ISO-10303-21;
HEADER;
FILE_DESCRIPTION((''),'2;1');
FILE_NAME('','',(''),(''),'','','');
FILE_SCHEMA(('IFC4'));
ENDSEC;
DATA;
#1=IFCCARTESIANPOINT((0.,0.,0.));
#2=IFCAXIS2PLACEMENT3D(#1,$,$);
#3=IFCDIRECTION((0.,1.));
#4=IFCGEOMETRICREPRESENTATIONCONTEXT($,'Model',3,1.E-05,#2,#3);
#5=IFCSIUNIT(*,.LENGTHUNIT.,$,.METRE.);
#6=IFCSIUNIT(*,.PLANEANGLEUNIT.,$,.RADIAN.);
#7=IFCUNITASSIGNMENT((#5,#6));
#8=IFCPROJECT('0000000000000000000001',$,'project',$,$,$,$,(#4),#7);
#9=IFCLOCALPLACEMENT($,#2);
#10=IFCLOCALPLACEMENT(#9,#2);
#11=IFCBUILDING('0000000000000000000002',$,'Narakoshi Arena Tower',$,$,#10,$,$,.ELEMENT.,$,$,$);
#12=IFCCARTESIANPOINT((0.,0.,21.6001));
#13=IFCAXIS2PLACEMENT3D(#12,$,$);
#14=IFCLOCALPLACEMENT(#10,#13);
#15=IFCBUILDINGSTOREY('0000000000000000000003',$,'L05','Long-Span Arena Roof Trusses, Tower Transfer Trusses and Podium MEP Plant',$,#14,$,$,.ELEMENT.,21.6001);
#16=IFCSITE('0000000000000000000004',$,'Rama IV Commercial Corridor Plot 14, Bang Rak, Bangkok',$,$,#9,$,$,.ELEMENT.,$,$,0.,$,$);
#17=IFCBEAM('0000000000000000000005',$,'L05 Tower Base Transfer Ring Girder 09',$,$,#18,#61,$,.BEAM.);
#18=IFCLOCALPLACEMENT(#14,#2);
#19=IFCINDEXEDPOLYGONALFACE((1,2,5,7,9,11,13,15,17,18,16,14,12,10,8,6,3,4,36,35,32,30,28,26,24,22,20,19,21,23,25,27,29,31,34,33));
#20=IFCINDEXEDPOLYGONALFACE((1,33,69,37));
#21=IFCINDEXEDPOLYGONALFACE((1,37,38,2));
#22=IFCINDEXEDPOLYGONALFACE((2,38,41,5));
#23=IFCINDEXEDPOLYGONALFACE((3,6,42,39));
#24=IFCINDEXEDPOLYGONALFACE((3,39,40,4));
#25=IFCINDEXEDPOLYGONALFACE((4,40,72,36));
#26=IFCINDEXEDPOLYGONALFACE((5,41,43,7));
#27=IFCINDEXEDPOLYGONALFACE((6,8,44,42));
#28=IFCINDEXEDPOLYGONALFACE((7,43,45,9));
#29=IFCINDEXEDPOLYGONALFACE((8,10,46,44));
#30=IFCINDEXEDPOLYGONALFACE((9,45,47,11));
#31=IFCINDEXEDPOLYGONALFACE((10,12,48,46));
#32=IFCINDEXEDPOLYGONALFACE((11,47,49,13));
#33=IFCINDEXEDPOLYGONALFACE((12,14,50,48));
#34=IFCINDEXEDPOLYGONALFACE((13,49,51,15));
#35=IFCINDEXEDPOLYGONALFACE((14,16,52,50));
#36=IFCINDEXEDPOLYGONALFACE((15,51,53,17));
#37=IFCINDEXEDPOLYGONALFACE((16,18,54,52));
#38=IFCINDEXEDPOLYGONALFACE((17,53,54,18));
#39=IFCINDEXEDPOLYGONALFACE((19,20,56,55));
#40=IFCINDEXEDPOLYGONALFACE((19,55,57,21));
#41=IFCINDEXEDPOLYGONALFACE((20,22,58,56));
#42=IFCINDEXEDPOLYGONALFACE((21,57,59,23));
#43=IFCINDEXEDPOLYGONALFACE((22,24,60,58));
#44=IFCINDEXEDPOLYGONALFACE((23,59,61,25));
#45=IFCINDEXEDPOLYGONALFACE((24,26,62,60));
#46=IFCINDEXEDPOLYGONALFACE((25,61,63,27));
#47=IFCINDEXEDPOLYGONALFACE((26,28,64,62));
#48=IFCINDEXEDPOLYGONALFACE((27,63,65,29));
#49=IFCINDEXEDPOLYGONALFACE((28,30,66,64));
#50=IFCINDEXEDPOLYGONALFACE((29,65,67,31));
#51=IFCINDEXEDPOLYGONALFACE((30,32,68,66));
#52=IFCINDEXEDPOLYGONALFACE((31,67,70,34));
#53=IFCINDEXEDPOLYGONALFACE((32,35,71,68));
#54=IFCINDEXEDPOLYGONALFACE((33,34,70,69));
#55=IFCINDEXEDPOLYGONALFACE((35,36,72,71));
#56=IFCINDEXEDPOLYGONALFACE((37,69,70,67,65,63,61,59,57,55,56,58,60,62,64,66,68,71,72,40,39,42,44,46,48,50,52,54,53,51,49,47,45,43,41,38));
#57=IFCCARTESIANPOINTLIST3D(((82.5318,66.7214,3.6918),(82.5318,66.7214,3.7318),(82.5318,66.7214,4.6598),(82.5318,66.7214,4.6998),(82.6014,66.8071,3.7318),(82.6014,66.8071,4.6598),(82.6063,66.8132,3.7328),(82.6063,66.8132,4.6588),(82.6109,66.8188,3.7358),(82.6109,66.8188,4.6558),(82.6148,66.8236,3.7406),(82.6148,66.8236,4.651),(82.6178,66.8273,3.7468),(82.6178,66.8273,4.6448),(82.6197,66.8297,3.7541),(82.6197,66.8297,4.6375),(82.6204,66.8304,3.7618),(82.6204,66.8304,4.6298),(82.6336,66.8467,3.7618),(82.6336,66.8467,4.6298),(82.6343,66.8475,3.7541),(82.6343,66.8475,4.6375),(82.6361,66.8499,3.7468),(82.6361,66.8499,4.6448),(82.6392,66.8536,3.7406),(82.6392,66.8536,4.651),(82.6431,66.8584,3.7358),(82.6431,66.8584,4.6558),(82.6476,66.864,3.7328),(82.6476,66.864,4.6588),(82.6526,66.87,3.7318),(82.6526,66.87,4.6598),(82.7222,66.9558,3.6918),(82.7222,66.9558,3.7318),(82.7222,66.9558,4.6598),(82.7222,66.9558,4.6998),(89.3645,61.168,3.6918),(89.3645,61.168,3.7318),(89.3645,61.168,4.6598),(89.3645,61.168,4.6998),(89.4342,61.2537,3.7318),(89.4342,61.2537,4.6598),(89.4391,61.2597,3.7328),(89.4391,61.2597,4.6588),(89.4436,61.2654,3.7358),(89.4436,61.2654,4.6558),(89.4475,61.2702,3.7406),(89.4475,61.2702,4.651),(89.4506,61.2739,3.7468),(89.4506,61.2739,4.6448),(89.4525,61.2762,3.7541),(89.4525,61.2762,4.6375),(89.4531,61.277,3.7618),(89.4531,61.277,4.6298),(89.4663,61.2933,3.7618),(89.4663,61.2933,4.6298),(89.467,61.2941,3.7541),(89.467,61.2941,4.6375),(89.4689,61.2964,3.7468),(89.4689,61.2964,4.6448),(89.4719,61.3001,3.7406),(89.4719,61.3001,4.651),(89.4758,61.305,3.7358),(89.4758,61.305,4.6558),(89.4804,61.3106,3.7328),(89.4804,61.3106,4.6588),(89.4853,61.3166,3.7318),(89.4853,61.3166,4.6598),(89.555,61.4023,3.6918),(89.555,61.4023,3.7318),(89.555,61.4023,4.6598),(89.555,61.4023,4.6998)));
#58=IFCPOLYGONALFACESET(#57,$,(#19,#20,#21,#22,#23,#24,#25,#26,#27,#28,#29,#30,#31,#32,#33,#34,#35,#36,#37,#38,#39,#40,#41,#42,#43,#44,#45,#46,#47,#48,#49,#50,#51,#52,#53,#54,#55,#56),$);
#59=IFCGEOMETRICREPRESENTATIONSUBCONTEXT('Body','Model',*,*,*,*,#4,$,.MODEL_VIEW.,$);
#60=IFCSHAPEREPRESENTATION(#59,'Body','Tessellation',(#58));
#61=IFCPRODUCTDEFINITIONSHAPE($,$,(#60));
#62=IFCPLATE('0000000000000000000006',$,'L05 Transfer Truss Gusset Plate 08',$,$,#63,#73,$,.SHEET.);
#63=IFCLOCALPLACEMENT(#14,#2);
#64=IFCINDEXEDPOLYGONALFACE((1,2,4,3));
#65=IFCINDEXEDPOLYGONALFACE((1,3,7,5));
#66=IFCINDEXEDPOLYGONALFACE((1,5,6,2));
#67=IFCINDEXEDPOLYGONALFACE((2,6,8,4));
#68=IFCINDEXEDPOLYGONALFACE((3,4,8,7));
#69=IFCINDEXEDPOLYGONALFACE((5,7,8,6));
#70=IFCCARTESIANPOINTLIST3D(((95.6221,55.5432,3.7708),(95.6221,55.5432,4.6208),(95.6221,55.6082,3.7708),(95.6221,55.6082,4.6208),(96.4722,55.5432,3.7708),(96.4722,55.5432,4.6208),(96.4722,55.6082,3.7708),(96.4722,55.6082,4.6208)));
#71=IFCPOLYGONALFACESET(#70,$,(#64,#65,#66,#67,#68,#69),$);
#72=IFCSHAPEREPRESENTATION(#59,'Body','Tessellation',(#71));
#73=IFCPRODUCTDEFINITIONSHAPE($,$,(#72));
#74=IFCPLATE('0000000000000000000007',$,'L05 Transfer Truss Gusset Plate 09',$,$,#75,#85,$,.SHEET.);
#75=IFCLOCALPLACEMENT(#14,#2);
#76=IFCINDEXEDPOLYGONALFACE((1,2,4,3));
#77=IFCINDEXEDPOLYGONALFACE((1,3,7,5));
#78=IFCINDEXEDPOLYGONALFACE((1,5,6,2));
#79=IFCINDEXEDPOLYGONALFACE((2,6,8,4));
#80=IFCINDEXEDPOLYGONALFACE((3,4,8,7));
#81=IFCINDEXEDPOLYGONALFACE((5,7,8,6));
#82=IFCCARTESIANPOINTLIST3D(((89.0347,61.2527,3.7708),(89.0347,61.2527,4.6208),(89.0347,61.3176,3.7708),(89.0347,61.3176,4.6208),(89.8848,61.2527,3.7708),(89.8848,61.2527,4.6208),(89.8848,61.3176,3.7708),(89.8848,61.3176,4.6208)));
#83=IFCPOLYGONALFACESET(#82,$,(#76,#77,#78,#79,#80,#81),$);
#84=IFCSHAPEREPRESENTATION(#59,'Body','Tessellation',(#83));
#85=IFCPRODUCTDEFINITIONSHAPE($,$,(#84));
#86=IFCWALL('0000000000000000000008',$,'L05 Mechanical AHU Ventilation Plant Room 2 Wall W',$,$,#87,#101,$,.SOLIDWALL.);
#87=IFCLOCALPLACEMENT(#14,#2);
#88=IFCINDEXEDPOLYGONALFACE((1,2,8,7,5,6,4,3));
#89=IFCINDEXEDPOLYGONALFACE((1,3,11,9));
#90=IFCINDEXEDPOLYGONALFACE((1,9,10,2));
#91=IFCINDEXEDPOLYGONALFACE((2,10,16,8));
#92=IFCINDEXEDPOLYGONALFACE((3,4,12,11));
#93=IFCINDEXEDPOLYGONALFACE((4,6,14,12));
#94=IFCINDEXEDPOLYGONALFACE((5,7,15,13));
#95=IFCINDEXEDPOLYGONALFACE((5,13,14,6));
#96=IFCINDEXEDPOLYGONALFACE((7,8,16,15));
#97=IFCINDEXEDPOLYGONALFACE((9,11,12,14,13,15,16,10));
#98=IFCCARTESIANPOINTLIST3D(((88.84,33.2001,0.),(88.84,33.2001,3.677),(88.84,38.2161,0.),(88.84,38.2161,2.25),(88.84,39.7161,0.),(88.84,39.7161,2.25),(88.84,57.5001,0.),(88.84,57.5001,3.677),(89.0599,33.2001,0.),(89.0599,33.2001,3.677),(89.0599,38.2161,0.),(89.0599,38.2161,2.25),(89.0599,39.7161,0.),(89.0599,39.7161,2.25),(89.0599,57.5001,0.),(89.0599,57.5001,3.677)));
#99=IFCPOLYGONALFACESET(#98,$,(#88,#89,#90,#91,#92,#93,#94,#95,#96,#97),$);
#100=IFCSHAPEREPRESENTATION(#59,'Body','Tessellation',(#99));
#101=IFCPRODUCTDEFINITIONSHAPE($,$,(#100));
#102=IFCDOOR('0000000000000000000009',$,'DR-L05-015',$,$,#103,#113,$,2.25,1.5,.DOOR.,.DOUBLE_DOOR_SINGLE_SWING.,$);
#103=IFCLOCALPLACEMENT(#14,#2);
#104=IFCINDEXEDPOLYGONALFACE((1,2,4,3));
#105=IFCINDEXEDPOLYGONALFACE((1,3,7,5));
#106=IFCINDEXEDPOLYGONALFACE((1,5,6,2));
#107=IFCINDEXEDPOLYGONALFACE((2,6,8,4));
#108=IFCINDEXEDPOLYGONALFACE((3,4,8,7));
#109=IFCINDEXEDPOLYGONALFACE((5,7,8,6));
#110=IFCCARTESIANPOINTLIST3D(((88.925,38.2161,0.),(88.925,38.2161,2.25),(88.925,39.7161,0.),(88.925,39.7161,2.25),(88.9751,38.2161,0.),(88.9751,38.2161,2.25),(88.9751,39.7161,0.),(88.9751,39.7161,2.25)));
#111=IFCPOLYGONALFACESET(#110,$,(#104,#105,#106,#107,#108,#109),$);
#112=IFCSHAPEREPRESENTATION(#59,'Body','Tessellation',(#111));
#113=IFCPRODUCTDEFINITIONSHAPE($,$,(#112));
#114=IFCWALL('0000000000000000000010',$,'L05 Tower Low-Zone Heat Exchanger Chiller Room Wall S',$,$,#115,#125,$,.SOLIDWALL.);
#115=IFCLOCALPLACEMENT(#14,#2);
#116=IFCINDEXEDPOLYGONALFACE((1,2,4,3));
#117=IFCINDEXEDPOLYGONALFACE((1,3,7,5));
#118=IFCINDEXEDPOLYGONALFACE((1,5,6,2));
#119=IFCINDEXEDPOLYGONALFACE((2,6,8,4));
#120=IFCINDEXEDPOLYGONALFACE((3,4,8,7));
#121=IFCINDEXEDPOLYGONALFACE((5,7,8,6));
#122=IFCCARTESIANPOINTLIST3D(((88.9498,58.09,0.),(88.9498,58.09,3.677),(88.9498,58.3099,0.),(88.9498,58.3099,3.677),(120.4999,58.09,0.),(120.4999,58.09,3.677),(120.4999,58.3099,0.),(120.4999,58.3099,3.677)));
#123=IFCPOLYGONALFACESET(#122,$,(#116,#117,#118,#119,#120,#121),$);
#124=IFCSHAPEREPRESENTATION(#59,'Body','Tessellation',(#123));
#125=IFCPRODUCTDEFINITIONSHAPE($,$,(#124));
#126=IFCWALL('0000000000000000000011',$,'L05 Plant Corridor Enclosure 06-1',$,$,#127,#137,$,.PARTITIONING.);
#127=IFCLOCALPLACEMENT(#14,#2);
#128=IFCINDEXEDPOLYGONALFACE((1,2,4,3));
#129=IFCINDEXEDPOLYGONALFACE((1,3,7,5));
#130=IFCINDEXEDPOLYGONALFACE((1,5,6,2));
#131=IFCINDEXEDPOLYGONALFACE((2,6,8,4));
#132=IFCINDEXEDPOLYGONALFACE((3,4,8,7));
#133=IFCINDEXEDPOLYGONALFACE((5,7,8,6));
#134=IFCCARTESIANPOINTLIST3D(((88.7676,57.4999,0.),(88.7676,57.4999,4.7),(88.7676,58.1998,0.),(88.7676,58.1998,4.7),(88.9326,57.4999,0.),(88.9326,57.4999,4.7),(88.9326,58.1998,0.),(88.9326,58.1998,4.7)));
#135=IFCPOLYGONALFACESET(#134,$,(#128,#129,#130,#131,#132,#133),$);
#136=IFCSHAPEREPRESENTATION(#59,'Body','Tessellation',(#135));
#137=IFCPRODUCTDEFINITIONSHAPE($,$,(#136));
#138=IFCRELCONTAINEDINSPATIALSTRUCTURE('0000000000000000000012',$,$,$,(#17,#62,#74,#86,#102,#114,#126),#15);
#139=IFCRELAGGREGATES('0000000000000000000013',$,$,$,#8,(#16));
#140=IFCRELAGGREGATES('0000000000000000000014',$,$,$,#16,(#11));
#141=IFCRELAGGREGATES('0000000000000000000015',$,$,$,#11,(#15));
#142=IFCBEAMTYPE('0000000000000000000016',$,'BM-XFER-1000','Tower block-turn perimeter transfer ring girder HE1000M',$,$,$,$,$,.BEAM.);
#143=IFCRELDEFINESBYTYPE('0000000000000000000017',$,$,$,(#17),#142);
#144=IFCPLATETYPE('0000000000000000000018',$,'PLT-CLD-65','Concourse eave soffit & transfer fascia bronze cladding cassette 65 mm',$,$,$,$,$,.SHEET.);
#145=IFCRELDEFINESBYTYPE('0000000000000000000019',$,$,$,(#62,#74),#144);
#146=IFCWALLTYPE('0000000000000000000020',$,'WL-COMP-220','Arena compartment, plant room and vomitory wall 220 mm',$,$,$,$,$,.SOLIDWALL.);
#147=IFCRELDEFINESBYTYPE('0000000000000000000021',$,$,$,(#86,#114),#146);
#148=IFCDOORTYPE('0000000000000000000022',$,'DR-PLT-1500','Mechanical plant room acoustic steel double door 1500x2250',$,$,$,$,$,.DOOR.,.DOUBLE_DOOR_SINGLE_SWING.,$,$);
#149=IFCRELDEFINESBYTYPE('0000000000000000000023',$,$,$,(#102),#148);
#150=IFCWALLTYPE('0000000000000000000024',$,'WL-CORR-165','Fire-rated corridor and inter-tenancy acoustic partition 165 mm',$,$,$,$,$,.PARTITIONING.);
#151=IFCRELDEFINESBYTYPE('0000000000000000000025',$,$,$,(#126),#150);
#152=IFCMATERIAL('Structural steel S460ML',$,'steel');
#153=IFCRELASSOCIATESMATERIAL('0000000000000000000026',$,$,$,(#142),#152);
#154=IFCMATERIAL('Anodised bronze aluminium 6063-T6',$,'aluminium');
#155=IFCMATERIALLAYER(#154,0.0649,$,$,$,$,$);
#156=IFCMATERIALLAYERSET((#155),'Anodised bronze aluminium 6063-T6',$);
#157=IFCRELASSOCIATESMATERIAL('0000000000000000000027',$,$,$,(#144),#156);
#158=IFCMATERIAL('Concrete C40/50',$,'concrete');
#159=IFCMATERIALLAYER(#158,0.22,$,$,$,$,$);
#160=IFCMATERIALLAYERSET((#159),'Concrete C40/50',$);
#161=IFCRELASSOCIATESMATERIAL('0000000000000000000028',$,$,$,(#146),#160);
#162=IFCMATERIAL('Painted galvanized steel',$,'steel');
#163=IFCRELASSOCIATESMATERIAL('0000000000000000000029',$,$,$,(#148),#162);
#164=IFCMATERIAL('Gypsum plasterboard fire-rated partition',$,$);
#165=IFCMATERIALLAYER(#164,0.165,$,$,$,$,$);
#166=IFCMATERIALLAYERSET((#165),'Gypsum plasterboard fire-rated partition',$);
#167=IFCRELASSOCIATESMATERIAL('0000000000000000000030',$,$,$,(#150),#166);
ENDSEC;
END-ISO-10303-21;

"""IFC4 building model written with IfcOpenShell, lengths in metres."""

from ifc_helpers import new_model, si_unit, direction, frame, frame_2d, origin, origin_2d, place, context, subcontext, project, spatial, rectangle, i_section, extrude, material, layer, layer_set, material_profile, profile_set, type_object, element, fill, save


model = new_model("IFC4")

# Units and contexts
model_context = context("Model", 3, precision=1e-05, world=origin(), true_north=direction((0.0, 1.0)))
body_context = subcontext(model_context, "Body", "Model", "MODEL_VIEW")
ifc_project = project(units=[si_unit("LENGTHUNIT", "METRE"), si_unit("PLANEANGLEUNIT", "RADIAN")], contexts=[model_context])

# Site, building, storey
site_placement = place(None, origin())
site = spatial("IfcSite", under=ifc_project, at=site_placement, Name="Rama IV Commercial Corridor Plot 14, Bang Rak, Bangkok", CompositionType="ELEMENT", RefElevation=0.0)
building_placement = place(site_placement, origin())
building = spatial("IfcBuilding", under=site, at=building_placement, Name="Narakoshi Arena Tower", CompositionType="ELEMENT")
storey_placement = place(building_placement, frame((0.0, 0.0, 21.6001)))
storey = spatial("IfcBuildingStorey", under=building, at=storey_placement, Name="L05", Description="Long-Span Arena Roof Trusses, Tower Transfer Trusses and Podium MEP Plant", CompositionType="ELEMENT", Elevation=21.6001)

# Beam
ifc_material_1 = material(Name="Structural steel S460ML", Category="steel")
ifc_material_profile_1 = material_profile(ifc_material_1, i_section(OverallWidth=0.302, OverallDepth=1.0081, WebThickness=0.021, FlangeThickness=0.04, FilletRadius=0.03, at=origin_2d()), Name="HE1000M")
ifc_profile_set_1 = profile_set([ifc_material_profile_1], Name="Structural steel S460ML")
beam_type_1 = type_object("IfcBeamType", Name="BM-XFER-1000", Description="Tower block-turn perimeter transfer ring girder HE1000M", PredefinedType="BEAM", material=ifc_profile_set_1)
beam_1_placement = place(storey_placement, frame((89.4597, 61.2852, 4.1958), z_axis=(-0.776011, 0.630719, 0.0), x_axis=(-0.630719, -0.776011, 0.0)))
element("IfcBeam", 1, at=beam_1_placement, inside=storey, type_object=beam_type_1, Name="L05 Tower Base Transfer Ring Girder 09", PredefinedType="BEAM", context=body_context, shape_type="SweptSolid", body=[
    extrude(i_section(OverallWidth=0.302, OverallDepth=1.0081, WebThickness=0.021, FlangeThickness=0.04, FilletRadius=0.03, at=origin_2d()), origin(), (0.0, 0.0, 1.0), 8.8049),
])

# Plates
ifc_material_2 = material(Name="Anodised bronze aluminium 6063-T6", Category="aluminium")
ifc_layer_1 = layer(ifc_material_2, 0.0649)
ifc_layer_set_1 = layer_set([ifc_layer_1], Name="Anodised bronze aluminium 6063-T6")
plate_type = type_object("IfcPlateType", Name="PLT-CLD-65", Description="Concourse eave soffit & transfer fascia bronze cladding cassette 65 mm", PredefinedType="SHEET", material=ifc_layer_set_1)
for number, where, z_axis, x_axis, name in (
    (2, (96.0471, 55.5757, 3.7708), (0.0, 0.0, 1.0), (1.0, 0.0, 0.0), "L05 Transfer Truss Gusset Plate 08"),
    (3, (89.4597, 61.2852, 3.7708), (0.0, 0.0, 1.0), (1.0, 0.0, 0.0), "L05 Transfer Truss Gusset Plate 09"),
):
    element("IfcPlate", number, at=place(storey_placement, frame(where, z_axis=z_axis, x_axis=x_axis)), inside=storey, type_object=plate_type, Name=name, PredefinedType="SHEET", context=body_context, shape_type="SweptSolid", body=[
        extrude(rectangle(XDim=0.8501, YDim=0.0649, at=origin_2d()), origin(), (0.0, 0.0, 1.0), 0.8501),
    ])

# Wall, opening, door
ifc_material_3 = material(Name="Concrete C40/50", Category="concrete")
ifc_layer_2 = layer(ifc_material_3, 0.22)
ifc_layer_set_2 = layer_set([ifc_layer_2], Name="Concrete C40/50")
wall_type_1 = type_object("IfcWallType", Name="WL-COMP-220", Description="Arena compartment, plant room and vomitory wall 220 mm", PredefinedType="SOLIDWALL", material=ifc_layer_set_2)
wall_1_placement = place(storey_placement, frame((88.95, 57.5, 0.0), z_axis=(0.0, 0.0, 1.0), x_axis=(0.0, -1.0, 0.0)))
wall_1 = element("IfcWall", 4, at=wall_1_placement, inside=storey, type_object=wall_type_1, Name="L05 Mechanical AHU Ventilation Plant Room 2 Wall W", PredefinedType="SOLIDWALL", context=body_context, shape_type="SweptSolid", body=[
    extrude(rectangle(XDim=24.3, YDim=0.22, at=frame_2d((12.1499, 0.0))), origin(), (0.0, 0.0, 1.0), 3.677),
])
opening_placement = place(wall_1_placement, frame((17.7839, 0.0, 0.0)))
opening = element("IfcOpeningElement", 5, at=opening_placement, cuts=wall_1, PredefinedType="OPENING", context=body_context, shape_type="SweptSolid", body=[
    extrude(rectangle(XDim=1.5, YDim=2.25, at=frame_2d((0.75, 1.125))), frame((0.0, 0.1199, 0.0), z_axis=(0.0, -1.0, 0.0), x_axis=(1.0, 0.0, 0.0)), (0.0, 0.0, 1.0), 0.24),
])
ifc_material_4 = material(Name="Painted galvanized steel", Category="steel")
door_type = type_object("IfcDoorType", Name="DR-PLT-1500", Description="Mechanical plant room acoustic steel double door 1500x2250", OperationType="DOUBLE_DOOR_SINGLE_SWING", PredefinedType="DOOR", material=ifc_material_4)
door_placement = place(opening_placement, frame((1.5, 0.0, 0.0), z_axis=(0.0, 0.0, 1.0), x_axis=(-1.0, 0.0, 0.0)))
door = element("IfcDoor", 6, at=door_placement, inside=storey, type_object=door_type, Name="DR-L05-015", OperationType="DOUBLE_DOOR_SINGLE_SWING", OverallHeight=2.25, OverallWidth=1.5, PredefinedType="DOOR", context=body_context, shape_type="SweptSolid", body=[
    extrude(rectangle(XDim=1.5, YDim=2.25, at=frame_2d((0.75, 1.125))), frame((0.0, 0.0249, 0.0), z_axis=(0.0, -1.0, 0.0), x_axis=(1.0, 0.0, 0.0)), (0.0, 0.0, 1.0), 0.05),
])
fill(opening, door)

# Walls
wall_2_placement = place(storey_placement, frame((88.95, 58.2, 0.0), z_axis=(0.0, 0.0, 1.0), x_axis=(1.0, 0.0, 0.0)))
element("IfcWall", 7, at=wall_2_placement, inside=storey, type_object=wall_type_1, Name="L05 Tower Low-Zone Heat Exchanger Chiller Room Wall S", PredefinedType="SOLIDWALL", context=body_context, shape_type="SweptSolid", body=[
    extrude(rectangle(XDim=31.55, YDim=0.22, at=frame_2d((15.7749, 0.0))), origin(), (0.0, 0.0, 1.0), 3.677),
])
ifc_material_5 = material(Name="Gypsum plasterboard fire-rated partition")
ifc_layer_3 = layer(ifc_material_5, 0.165)
ifc_layer_set_3 = layer_set([ifc_layer_3], Name="Gypsum plasterboard fire-rated partition")
wall_type_2 = type_object("IfcWallType", Name="WL-CORR-165", Description="Fire-rated corridor and inter-tenancy acoustic partition 165 mm", PredefinedType="PARTITIONING", material=ifc_layer_set_3)
wall_3_placement = place(storey_placement, frame((88.8501, 58.2, 0.0), z_axis=(0.0, 0.0, 1.0), x_axis=(0.0, -1.0, 0.0)))
element("IfcWall", 8, at=wall_3_placement, inside=storey, type_object=wall_type_2, Name="L05 Plant Corridor Enclosure 06-1", PredefinedType="PARTITIONING", context=body_context, shape_type="SweptSolid", body=[
    extrude(rectangle(XDim=0.7, YDim=0.165, at=frame_2d((0.3501, 0.0))), origin(), (0.0, 0.0, 1.0), 4.7),
])

save(model, "model.ifc")
